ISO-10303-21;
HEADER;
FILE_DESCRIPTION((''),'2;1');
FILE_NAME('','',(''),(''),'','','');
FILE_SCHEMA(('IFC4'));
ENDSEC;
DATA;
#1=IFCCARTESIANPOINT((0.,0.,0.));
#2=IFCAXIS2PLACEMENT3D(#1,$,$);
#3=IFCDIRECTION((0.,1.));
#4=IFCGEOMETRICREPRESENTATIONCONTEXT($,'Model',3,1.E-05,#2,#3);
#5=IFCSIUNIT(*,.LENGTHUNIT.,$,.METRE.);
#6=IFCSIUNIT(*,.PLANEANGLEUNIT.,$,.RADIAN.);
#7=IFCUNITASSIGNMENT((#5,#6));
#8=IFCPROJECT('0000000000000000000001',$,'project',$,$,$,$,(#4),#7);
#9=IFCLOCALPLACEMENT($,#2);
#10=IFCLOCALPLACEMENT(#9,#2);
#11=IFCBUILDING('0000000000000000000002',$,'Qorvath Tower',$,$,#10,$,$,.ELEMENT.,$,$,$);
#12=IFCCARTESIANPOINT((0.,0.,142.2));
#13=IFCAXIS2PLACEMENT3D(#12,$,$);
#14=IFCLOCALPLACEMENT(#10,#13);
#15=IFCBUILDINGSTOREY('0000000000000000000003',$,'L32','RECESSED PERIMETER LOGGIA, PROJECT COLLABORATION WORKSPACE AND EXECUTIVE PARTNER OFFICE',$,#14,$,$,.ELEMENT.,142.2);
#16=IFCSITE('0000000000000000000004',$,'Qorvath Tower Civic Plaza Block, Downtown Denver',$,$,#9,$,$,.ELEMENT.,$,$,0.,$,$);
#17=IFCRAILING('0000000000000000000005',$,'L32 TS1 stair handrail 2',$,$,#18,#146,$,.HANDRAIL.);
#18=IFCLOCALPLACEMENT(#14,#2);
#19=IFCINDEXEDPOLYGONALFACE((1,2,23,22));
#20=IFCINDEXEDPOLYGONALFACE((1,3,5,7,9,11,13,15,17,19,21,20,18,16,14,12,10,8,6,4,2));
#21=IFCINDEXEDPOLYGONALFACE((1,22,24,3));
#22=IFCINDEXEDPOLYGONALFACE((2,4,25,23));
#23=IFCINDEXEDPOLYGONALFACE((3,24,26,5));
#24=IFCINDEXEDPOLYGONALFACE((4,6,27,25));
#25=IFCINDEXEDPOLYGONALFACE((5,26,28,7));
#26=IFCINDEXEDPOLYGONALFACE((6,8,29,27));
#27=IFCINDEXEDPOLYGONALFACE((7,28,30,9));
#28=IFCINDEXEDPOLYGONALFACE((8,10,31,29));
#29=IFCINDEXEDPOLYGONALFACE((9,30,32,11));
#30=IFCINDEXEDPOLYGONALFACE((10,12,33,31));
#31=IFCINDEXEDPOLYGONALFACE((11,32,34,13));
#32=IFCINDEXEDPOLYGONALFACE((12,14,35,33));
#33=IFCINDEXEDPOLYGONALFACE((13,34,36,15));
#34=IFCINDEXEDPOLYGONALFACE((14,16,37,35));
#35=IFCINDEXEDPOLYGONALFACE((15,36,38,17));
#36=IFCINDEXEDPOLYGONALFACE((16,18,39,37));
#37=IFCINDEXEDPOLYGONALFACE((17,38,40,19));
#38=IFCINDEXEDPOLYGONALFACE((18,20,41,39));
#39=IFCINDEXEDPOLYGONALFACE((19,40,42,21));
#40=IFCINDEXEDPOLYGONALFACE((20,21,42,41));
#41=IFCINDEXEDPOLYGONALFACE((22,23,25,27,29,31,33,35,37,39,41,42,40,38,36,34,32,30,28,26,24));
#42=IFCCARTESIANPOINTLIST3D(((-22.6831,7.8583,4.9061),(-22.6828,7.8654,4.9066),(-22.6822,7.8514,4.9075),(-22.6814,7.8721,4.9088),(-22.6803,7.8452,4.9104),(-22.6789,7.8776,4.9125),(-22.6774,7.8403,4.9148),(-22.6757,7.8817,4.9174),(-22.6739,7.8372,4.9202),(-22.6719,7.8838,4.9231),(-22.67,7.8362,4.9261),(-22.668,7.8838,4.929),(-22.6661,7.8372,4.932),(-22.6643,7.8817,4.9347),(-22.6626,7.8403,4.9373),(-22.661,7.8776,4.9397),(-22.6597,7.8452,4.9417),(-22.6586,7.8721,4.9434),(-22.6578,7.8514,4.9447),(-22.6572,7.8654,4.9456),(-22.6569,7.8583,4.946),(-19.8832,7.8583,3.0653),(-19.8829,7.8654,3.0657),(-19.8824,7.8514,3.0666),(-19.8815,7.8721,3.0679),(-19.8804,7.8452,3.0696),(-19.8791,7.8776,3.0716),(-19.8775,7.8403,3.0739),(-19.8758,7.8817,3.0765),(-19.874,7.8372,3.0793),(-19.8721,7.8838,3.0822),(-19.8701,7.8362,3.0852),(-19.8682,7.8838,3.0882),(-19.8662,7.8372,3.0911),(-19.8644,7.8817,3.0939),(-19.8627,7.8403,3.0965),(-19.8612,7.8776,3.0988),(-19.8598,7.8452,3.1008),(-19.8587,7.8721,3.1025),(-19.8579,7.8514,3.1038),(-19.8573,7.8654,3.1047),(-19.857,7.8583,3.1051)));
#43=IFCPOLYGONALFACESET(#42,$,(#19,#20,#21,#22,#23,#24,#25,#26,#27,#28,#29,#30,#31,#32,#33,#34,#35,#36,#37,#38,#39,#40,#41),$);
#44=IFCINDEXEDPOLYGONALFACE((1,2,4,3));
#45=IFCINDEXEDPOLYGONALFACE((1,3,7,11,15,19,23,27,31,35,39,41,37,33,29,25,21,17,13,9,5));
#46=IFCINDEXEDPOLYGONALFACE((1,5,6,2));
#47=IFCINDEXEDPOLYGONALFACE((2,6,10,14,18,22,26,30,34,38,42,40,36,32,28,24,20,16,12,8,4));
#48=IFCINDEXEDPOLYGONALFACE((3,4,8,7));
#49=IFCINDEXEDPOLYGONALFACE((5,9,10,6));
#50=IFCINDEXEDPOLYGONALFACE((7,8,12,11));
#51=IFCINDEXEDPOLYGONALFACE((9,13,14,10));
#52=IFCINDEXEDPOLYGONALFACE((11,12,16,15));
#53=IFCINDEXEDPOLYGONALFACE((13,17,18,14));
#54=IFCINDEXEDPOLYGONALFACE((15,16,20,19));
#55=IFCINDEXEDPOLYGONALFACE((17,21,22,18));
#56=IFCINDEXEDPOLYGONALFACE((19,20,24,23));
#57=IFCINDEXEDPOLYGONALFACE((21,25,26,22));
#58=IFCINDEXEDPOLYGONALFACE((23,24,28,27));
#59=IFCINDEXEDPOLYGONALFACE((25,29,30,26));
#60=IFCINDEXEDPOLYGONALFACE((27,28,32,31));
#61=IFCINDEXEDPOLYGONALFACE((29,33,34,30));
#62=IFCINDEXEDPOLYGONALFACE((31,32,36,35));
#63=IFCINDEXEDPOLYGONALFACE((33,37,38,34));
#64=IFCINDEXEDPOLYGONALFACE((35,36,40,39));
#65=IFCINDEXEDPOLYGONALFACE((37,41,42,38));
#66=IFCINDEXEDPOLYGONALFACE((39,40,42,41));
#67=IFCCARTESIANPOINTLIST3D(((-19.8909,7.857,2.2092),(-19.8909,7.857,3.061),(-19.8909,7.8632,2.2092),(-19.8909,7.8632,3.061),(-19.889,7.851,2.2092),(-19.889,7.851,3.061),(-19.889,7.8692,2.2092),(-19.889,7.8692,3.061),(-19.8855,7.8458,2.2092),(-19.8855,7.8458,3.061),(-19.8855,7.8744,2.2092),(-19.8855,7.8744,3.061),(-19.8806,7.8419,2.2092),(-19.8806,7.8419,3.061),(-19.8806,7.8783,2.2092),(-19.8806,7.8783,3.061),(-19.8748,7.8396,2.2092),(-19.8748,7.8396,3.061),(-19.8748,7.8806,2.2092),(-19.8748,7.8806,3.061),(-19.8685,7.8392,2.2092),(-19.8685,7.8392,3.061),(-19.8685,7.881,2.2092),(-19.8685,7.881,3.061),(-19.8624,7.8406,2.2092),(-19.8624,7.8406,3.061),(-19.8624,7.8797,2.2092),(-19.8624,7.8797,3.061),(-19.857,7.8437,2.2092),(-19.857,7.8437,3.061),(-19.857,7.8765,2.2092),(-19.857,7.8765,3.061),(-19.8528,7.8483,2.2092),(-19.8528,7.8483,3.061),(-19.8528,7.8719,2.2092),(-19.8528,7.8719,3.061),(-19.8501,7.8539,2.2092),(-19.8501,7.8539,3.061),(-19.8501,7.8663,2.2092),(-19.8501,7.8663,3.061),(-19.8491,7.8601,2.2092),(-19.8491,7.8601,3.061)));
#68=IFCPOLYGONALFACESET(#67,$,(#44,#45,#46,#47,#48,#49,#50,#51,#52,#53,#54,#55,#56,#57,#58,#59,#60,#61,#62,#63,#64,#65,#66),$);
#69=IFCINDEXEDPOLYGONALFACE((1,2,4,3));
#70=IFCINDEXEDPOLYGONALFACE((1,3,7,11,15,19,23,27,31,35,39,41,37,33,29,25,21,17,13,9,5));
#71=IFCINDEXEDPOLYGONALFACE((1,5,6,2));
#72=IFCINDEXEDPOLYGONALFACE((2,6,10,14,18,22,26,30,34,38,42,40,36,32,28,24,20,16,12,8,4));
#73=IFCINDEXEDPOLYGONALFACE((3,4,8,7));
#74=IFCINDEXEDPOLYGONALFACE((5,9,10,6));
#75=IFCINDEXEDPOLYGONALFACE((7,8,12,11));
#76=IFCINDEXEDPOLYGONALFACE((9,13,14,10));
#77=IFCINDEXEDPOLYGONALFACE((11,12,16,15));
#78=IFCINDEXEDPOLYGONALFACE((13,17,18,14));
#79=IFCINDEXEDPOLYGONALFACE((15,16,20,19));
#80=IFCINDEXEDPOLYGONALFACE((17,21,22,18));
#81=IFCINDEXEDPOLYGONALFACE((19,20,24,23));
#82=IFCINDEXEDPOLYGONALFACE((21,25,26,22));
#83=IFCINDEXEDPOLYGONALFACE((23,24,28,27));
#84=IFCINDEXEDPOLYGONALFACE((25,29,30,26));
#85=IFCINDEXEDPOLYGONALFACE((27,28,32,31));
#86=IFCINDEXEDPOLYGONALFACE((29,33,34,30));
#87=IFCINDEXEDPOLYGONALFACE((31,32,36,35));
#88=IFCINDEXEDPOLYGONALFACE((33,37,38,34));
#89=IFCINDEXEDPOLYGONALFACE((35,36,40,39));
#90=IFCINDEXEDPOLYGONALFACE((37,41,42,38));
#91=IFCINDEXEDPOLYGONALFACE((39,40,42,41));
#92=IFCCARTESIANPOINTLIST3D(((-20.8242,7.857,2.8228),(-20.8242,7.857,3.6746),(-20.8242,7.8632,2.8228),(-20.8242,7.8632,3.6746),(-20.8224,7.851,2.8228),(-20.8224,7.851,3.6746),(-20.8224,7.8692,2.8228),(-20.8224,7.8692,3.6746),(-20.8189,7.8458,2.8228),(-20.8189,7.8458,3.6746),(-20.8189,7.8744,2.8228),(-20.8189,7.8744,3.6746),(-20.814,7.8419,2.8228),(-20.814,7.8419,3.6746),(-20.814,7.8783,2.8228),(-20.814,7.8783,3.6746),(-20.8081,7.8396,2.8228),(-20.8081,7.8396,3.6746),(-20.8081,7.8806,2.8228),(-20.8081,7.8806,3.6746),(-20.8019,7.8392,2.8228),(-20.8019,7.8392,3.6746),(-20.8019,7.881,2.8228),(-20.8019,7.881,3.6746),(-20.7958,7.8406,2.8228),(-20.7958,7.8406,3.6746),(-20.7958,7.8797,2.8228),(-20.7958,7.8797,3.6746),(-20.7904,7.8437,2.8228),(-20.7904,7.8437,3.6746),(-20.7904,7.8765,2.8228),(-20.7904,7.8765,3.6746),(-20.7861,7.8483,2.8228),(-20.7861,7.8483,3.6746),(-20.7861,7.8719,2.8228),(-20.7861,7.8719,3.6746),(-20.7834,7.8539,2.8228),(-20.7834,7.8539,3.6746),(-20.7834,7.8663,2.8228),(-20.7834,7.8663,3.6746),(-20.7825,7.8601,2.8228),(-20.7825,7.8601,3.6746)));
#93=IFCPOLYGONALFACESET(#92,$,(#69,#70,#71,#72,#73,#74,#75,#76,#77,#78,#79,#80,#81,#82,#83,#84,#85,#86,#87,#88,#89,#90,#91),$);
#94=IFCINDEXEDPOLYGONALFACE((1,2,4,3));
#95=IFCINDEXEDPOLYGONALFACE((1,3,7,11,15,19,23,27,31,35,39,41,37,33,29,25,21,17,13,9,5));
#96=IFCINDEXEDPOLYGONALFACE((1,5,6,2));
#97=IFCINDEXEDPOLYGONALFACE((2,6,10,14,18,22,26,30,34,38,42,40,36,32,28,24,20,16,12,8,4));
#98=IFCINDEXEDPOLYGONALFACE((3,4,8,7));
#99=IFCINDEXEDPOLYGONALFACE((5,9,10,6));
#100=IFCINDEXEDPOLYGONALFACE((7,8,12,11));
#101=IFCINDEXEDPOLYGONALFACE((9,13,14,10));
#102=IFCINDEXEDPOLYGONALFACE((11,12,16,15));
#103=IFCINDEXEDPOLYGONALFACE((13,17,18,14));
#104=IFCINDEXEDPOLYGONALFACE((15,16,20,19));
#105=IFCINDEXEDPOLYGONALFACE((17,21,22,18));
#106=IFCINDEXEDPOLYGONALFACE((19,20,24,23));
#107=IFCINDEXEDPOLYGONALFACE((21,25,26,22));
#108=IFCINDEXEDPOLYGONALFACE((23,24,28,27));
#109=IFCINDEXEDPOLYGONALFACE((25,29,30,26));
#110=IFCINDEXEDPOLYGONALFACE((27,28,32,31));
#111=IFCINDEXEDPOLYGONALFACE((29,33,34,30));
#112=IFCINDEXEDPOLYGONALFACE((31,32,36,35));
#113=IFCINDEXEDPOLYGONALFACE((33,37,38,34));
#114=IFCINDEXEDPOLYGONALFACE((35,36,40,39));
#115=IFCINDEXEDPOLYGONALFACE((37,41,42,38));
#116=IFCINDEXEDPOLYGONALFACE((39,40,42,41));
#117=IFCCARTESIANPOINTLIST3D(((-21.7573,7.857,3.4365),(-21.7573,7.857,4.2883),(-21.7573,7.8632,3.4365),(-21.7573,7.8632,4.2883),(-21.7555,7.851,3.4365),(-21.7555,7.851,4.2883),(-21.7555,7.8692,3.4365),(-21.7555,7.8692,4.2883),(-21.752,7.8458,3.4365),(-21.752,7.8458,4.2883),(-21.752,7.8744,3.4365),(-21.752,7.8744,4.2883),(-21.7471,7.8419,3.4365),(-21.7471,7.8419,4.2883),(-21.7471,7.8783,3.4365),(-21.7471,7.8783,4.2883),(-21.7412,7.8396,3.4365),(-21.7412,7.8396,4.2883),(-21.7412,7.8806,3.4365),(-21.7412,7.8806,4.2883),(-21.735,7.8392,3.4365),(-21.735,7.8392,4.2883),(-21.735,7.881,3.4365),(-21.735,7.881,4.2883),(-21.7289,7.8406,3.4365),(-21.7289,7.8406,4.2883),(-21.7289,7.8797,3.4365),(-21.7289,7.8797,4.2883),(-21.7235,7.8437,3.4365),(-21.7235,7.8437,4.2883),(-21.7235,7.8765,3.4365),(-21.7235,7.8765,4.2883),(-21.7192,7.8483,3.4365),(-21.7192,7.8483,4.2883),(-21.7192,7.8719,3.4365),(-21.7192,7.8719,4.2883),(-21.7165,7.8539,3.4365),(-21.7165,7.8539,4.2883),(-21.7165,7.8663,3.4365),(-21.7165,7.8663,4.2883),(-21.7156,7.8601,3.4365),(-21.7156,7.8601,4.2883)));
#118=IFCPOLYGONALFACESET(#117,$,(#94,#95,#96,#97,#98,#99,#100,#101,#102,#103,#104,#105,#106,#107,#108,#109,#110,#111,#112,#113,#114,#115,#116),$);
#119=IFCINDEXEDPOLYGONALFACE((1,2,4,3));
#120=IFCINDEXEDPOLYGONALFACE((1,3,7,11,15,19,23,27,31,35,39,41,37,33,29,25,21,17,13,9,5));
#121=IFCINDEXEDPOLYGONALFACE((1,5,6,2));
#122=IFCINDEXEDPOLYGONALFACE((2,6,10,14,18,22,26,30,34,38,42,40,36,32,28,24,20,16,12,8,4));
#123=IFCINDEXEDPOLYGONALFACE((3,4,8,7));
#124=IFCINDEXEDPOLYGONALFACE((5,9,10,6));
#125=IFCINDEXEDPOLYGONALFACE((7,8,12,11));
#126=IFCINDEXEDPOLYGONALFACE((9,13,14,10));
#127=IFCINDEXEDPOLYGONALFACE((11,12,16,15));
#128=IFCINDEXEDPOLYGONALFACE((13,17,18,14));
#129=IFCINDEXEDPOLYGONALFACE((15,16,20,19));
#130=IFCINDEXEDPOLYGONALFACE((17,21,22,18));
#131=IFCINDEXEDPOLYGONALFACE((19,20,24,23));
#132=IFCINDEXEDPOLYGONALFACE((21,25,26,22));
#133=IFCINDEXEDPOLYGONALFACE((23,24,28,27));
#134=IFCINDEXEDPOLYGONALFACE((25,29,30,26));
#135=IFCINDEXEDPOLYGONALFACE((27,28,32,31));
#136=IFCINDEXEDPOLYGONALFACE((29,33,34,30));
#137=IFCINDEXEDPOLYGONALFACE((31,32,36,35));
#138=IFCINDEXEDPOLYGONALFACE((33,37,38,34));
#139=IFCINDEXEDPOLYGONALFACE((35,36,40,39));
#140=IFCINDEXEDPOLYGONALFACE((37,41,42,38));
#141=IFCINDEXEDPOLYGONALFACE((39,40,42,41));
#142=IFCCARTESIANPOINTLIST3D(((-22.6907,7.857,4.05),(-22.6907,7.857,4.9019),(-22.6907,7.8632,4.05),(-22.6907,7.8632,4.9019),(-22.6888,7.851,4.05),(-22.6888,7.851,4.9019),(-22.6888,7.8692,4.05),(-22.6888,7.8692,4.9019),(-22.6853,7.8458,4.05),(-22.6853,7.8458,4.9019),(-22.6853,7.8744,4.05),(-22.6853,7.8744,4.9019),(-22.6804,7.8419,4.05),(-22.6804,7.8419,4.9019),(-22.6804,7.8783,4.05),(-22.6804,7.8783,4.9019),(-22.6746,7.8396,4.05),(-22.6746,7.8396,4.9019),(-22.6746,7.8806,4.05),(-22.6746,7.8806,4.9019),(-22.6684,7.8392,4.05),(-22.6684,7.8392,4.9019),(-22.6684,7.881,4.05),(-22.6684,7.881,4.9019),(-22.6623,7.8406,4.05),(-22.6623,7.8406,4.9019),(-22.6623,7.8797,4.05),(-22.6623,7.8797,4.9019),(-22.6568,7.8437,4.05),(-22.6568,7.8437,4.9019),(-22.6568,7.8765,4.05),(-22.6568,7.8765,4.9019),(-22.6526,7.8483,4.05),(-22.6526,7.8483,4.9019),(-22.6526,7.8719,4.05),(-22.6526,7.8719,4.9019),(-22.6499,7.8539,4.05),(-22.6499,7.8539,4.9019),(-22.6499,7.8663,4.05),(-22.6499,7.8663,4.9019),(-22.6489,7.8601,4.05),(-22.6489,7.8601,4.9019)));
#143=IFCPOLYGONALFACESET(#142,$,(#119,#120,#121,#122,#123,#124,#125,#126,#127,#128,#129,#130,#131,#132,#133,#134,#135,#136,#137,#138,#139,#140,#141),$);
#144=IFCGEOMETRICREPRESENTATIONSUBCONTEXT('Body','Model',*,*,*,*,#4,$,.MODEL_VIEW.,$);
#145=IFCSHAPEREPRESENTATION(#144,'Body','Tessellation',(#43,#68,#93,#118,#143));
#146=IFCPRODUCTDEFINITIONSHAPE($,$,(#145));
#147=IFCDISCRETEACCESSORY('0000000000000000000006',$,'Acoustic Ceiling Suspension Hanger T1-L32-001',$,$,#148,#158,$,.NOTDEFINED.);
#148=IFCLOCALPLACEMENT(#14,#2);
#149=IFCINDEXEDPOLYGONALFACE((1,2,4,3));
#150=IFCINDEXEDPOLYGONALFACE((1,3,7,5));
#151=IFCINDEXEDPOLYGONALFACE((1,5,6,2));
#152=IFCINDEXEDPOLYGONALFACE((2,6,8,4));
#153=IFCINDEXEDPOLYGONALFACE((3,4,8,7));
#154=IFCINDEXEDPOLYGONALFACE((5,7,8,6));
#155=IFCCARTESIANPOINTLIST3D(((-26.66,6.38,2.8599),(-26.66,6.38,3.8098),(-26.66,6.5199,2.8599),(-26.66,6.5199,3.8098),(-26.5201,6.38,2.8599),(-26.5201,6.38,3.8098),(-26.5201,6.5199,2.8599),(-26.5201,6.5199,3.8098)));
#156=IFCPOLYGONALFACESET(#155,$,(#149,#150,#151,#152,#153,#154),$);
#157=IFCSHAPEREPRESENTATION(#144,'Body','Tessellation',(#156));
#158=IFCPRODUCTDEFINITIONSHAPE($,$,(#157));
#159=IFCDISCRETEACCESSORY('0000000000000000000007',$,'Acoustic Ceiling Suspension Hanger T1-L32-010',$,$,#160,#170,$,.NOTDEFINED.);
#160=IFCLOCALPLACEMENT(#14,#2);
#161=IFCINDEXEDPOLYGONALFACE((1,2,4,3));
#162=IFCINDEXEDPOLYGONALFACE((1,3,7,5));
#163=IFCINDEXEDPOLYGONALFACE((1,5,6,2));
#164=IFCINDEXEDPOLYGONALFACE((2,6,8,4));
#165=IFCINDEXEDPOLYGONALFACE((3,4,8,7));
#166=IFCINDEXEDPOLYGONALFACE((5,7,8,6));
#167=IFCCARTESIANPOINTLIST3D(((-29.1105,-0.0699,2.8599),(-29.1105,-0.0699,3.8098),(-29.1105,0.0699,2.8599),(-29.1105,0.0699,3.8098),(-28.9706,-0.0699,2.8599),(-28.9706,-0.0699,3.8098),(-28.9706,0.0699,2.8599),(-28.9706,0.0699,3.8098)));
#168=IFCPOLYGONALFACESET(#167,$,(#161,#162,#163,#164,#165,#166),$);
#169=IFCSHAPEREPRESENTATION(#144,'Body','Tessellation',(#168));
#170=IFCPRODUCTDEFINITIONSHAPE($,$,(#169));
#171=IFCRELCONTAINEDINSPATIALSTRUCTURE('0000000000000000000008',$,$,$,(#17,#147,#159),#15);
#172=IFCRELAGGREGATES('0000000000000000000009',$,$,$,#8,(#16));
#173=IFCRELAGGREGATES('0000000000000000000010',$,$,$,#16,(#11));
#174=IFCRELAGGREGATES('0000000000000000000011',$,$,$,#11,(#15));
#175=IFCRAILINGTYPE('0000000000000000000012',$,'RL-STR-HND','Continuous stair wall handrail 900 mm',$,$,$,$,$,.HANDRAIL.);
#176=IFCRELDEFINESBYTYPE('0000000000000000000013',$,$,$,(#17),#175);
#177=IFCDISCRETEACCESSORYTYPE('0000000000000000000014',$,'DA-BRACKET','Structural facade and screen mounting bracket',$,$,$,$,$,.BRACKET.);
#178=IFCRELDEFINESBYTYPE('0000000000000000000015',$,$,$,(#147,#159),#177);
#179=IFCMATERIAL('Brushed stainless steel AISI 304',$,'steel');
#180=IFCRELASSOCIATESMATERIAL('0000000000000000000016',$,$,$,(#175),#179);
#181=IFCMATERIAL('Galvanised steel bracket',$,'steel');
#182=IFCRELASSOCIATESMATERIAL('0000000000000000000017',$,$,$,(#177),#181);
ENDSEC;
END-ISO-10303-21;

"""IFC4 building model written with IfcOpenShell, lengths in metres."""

from ifc_helpers import new_model, si_unit, direction, frame, origin, origin_2d, place, context, subcontext, project, spatial, rectangle, circle, extrude, material, type_object, element, save


model = new_model("IFC4")

# Units and contexts
model_context = context("Model", 3, precision=1e-05, world=origin(), true_north=direction((0.0, 1.0)))
body_context = subcontext(model_context, "Body", "Model", "MODEL_VIEW")
ifc_project = project(units=[si_unit("LENGTHUNIT", "METRE"), si_unit("PLANEANGLEUNIT", "RADIAN")], contexts=[model_context])

# Site, building, storey
site_placement = place(None, origin())
site = spatial("IfcSite", under=ifc_project, at=site_placement, Name="Qorvath Tower Civic Plaza Block, Downtown Denver", CompositionType="ELEMENT", RefElevation=0.0)
building_placement = place(site_placement, origin())
building = spatial("IfcBuilding", under=site, at=building_placement, Name="Qorvath Tower", CompositionType="ELEMENT")
storey_placement = place(building_placement, frame((0.0, 0.0, 142.2)))
storey = spatial("IfcBuildingStorey", under=building, at=storey_placement, Name="L32", Description="RECESSED PERIMETER LOGGIA, PROJECT COLLABORATION WORKSPACE AND EXECUTIVE PARTNER OFFICE", CompositionType="ELEMENT", Elevation=142.2)

# Railing
ifc_material_1 = material(Name="Brushed stainless steel AISI 304", Category="steel")
railing_type_1 = type_object("IfcRailingType", Name="RL-STR-HND", Description="Continuous stair wall handrail 900 mm", PredefinedType="HANDRAIL", material=ifc_material_1)
railing_1_placement = place(storey_placement, frame((-19.8701, 7.8601, 2.2092)))
element("IfcRailing", 1, at=railing_1_placement, inside=storey, type_object=railing_type_1, Name="L32 TS1 stair handrail 2", PredefinedType="HANDRAIL", context=body_context, shape_type="SweptSolid", body=[
    extrude(circle(Radius=0.0239, at=origin_2d()), frame((0.0, 0.0, 0.876), z_axis=(-0.835576, 0.0, 0.549376), x_axis=(0.0, -1.0, 0.0)), (0.0, 0.0, 1.0), 3.3508),
    extrude(circle(Radius=0.021, at=origin_2d()), origin(), (0.0, 0.0, 1.0), 0.8518),
    extrude(circle(Radius=0.021, at=origin_2d()), frame((-0.9333, 0.0, 0.6135)), (0.0, 0.0, 1.0), 0.8518),
    extrude(circle(Radius=0.021, at=origin_2d()), frame((-1.8665, 0.0, 1.2273)), (0.0, 0.0, 1.0), 0.8518),
    extrude(circle(Radius=0.021, at=origin_2d()), frame((-2.7998, 0.0, 1.8408)), (0.0, 0.0, 1.0), 0.8518),
])

# Discrete accessories
ifc_material_2 = material(Name="Galvanised steel bracket", Category="steel")
discrete_accessory_type = type_object("IfcDiscreteAccessoryType", Name="DA-BRACKET", Description="Structural facade and screen mounting bracket", PredefinedType="BRACKET", material=ifc_material_2)
for number, where, z_axis, x_axis, name in (
    (2, (-26.5901, 6.45, 2.8599), (0.0, 0.0, 1.0), (1.0, 0.0, 0.0), "Acoustic Ceiling Suspension Hanger T1-L32-001"),
    (3, (-29.0405, 0.0, 2.8599), (0.0, 0.0, 1.0), (1.0, 0.0, 0.0), "Acoustic Ceiling Suspension Hanger T1-L32-010"),
):
    element("IfcDiscreteAccessory", number, at=place(storey_placement, frame(where, z_axis=z_axis, x_axis=x_axis)), inside=storey, type_object=discrete_accessory_type, Name=name, PredefinedType="NOTDEFINED", context=body_context, shape_type="SweptSolid", body=[
        extrude(rectangle(XDim=0.1399, YDim=0.1399, at=origin_2d()), origin(), (0.0, 0.0, 1.0), 0.95),
    ])

save(model, "model.ifc")
